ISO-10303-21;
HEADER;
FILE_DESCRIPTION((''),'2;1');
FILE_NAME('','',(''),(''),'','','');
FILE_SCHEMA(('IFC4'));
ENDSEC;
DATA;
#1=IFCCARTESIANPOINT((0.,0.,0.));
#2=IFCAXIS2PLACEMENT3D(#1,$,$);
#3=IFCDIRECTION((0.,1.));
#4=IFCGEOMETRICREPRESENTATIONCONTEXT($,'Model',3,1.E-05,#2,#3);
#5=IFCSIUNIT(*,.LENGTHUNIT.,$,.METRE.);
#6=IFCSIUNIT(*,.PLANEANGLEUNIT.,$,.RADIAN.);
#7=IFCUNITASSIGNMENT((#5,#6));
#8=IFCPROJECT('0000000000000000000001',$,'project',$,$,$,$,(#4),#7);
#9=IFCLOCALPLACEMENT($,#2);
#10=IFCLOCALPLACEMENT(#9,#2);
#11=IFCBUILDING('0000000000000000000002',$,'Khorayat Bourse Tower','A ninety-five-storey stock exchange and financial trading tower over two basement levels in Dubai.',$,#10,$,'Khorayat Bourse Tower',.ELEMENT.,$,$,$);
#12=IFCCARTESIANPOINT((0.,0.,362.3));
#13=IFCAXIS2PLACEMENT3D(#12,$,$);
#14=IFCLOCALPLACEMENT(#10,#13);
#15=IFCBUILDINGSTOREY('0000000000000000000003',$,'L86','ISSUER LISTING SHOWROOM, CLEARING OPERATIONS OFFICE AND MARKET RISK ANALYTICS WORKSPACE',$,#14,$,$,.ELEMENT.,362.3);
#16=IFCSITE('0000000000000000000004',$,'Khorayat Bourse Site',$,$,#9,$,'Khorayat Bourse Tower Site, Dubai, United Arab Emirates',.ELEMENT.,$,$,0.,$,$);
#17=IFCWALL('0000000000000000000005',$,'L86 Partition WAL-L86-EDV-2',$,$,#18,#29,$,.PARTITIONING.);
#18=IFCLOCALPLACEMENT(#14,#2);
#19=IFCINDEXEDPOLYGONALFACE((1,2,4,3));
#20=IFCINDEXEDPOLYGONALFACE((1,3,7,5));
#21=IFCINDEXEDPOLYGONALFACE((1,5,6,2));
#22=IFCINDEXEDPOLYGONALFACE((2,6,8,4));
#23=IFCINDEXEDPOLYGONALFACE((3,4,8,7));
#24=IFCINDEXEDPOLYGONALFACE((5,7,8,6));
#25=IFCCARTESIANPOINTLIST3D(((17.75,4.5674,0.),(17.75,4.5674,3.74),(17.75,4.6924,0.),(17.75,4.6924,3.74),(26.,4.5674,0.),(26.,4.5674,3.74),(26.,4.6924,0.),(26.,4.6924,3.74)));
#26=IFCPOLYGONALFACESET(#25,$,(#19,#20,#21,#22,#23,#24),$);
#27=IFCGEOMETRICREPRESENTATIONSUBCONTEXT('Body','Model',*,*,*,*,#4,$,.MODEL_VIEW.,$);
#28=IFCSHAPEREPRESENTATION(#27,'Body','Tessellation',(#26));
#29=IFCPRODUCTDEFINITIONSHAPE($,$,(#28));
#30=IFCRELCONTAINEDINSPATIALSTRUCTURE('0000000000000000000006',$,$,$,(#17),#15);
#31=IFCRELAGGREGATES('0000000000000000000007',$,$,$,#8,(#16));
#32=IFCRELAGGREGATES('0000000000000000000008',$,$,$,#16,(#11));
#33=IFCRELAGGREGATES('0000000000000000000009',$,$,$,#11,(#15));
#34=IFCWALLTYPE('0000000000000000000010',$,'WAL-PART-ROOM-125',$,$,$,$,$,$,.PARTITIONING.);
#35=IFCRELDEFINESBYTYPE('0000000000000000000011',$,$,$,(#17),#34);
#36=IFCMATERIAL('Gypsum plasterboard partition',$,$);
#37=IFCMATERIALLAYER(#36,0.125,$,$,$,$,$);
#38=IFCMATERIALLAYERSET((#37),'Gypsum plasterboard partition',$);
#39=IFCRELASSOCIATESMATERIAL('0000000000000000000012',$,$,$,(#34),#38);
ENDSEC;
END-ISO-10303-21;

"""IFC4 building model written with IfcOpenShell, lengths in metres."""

from ifc_helpers import new_model, si_unit, direction, frame, frame_2d, origin, place, context, subcontext, project, spatial, rectangle, extrude, source, transform, mapped, material, layer, layer_set, type_object, element, save


model = new_model("IFC4")

# Units and contexts
model_context = context("Model", 3, precision=1e-05, world=origin(), true_north=direction((0.0, 1.0)))
body_context = subcontext(model_context, "Body", "Model", "MODEL_VIEW")
ifc_project = project(units=[si_unit("LENGTHUNIT", "METRE"), si_unit("PLANEANGLEUNIT", "RADIAN")], contexts=[model_context])

# Site, building, storey
site_placement = place(None, origin())
site = spatial("IfcSite", under=ifc_project, at=site_placement, Name="Khorayat Bourse Site", LongName="Khorayat Bourse Tower Site, Dubai, United Arab Emirates", CompositionType="ELEMENT", RefElevation=0.0)
building_placement = place(site_placement, origin())
building = spatial("IfcBuilding", under=site, at=building_placement, Name="Khorayat Bourse Tower", Description="A ninety-five-storey stock exchange and financial trading tower over two basement levels in Dubai.", LongName="Khorayat Bourse Tower", CompositionType="ELEMENT")
storey_placement = place(building_placement, frame((0.0, 0.0, 362.3)))
storey = spatial("IfcBuildingStorey", under=building, at=storey_placement, Name="L86", Description="ISSUER LISTING SHOWROOM, CLEARING OPERATIONS OFFICE AND MARKET RISK ANALYTICS WORKSPACE", CompositionType="ELEMENT", Elevation=362.3)

# Wall
ifc_material_1 = material(Name="Gypsum plasterboard partition")
ifc_layer_1 = layer(ifc_material_1, 0.125)
ifc_layer_set_1 = layer_set([ifc_layer_1], Name="Gypsum plasterboard partition")
wall_type_1 = type_object("IfcWallType", Name="WAL-PART-ROOM-125", PredefinedType="PARTITIONING", material=ifc_layer_set_1)
shared_shape_1 = source(origin(), body_context, "Body", "SweptSolid", [
    extrude(rectangle(XDim=8.25, YDim=0.125, at=frame_2d((4.125, 0.0))), origin(), (0.0, 0.0, 1.0), 3.74),
])
wall_1_placement = place(storey_placement, frame((17.75, 4.6299, 0.0), z_axis=(0.0, 0.0, 1.0), x_axis=(1.0, 0.0, 0.0)))
element("IfcWall", 1, at=wall_1_placement, inside=storey, type_object=wall_type_1, Name="L86 Partition WAL-L86-EDV-2", PredefinedType="PARTITIONING", context=body_context, shape_type="MappedRepresentation", body=[
    mapped(shared_shape_1, transform((0.0, 0.0, 0.0), scale=1.0)),
])

save(model, "model.ifc")
